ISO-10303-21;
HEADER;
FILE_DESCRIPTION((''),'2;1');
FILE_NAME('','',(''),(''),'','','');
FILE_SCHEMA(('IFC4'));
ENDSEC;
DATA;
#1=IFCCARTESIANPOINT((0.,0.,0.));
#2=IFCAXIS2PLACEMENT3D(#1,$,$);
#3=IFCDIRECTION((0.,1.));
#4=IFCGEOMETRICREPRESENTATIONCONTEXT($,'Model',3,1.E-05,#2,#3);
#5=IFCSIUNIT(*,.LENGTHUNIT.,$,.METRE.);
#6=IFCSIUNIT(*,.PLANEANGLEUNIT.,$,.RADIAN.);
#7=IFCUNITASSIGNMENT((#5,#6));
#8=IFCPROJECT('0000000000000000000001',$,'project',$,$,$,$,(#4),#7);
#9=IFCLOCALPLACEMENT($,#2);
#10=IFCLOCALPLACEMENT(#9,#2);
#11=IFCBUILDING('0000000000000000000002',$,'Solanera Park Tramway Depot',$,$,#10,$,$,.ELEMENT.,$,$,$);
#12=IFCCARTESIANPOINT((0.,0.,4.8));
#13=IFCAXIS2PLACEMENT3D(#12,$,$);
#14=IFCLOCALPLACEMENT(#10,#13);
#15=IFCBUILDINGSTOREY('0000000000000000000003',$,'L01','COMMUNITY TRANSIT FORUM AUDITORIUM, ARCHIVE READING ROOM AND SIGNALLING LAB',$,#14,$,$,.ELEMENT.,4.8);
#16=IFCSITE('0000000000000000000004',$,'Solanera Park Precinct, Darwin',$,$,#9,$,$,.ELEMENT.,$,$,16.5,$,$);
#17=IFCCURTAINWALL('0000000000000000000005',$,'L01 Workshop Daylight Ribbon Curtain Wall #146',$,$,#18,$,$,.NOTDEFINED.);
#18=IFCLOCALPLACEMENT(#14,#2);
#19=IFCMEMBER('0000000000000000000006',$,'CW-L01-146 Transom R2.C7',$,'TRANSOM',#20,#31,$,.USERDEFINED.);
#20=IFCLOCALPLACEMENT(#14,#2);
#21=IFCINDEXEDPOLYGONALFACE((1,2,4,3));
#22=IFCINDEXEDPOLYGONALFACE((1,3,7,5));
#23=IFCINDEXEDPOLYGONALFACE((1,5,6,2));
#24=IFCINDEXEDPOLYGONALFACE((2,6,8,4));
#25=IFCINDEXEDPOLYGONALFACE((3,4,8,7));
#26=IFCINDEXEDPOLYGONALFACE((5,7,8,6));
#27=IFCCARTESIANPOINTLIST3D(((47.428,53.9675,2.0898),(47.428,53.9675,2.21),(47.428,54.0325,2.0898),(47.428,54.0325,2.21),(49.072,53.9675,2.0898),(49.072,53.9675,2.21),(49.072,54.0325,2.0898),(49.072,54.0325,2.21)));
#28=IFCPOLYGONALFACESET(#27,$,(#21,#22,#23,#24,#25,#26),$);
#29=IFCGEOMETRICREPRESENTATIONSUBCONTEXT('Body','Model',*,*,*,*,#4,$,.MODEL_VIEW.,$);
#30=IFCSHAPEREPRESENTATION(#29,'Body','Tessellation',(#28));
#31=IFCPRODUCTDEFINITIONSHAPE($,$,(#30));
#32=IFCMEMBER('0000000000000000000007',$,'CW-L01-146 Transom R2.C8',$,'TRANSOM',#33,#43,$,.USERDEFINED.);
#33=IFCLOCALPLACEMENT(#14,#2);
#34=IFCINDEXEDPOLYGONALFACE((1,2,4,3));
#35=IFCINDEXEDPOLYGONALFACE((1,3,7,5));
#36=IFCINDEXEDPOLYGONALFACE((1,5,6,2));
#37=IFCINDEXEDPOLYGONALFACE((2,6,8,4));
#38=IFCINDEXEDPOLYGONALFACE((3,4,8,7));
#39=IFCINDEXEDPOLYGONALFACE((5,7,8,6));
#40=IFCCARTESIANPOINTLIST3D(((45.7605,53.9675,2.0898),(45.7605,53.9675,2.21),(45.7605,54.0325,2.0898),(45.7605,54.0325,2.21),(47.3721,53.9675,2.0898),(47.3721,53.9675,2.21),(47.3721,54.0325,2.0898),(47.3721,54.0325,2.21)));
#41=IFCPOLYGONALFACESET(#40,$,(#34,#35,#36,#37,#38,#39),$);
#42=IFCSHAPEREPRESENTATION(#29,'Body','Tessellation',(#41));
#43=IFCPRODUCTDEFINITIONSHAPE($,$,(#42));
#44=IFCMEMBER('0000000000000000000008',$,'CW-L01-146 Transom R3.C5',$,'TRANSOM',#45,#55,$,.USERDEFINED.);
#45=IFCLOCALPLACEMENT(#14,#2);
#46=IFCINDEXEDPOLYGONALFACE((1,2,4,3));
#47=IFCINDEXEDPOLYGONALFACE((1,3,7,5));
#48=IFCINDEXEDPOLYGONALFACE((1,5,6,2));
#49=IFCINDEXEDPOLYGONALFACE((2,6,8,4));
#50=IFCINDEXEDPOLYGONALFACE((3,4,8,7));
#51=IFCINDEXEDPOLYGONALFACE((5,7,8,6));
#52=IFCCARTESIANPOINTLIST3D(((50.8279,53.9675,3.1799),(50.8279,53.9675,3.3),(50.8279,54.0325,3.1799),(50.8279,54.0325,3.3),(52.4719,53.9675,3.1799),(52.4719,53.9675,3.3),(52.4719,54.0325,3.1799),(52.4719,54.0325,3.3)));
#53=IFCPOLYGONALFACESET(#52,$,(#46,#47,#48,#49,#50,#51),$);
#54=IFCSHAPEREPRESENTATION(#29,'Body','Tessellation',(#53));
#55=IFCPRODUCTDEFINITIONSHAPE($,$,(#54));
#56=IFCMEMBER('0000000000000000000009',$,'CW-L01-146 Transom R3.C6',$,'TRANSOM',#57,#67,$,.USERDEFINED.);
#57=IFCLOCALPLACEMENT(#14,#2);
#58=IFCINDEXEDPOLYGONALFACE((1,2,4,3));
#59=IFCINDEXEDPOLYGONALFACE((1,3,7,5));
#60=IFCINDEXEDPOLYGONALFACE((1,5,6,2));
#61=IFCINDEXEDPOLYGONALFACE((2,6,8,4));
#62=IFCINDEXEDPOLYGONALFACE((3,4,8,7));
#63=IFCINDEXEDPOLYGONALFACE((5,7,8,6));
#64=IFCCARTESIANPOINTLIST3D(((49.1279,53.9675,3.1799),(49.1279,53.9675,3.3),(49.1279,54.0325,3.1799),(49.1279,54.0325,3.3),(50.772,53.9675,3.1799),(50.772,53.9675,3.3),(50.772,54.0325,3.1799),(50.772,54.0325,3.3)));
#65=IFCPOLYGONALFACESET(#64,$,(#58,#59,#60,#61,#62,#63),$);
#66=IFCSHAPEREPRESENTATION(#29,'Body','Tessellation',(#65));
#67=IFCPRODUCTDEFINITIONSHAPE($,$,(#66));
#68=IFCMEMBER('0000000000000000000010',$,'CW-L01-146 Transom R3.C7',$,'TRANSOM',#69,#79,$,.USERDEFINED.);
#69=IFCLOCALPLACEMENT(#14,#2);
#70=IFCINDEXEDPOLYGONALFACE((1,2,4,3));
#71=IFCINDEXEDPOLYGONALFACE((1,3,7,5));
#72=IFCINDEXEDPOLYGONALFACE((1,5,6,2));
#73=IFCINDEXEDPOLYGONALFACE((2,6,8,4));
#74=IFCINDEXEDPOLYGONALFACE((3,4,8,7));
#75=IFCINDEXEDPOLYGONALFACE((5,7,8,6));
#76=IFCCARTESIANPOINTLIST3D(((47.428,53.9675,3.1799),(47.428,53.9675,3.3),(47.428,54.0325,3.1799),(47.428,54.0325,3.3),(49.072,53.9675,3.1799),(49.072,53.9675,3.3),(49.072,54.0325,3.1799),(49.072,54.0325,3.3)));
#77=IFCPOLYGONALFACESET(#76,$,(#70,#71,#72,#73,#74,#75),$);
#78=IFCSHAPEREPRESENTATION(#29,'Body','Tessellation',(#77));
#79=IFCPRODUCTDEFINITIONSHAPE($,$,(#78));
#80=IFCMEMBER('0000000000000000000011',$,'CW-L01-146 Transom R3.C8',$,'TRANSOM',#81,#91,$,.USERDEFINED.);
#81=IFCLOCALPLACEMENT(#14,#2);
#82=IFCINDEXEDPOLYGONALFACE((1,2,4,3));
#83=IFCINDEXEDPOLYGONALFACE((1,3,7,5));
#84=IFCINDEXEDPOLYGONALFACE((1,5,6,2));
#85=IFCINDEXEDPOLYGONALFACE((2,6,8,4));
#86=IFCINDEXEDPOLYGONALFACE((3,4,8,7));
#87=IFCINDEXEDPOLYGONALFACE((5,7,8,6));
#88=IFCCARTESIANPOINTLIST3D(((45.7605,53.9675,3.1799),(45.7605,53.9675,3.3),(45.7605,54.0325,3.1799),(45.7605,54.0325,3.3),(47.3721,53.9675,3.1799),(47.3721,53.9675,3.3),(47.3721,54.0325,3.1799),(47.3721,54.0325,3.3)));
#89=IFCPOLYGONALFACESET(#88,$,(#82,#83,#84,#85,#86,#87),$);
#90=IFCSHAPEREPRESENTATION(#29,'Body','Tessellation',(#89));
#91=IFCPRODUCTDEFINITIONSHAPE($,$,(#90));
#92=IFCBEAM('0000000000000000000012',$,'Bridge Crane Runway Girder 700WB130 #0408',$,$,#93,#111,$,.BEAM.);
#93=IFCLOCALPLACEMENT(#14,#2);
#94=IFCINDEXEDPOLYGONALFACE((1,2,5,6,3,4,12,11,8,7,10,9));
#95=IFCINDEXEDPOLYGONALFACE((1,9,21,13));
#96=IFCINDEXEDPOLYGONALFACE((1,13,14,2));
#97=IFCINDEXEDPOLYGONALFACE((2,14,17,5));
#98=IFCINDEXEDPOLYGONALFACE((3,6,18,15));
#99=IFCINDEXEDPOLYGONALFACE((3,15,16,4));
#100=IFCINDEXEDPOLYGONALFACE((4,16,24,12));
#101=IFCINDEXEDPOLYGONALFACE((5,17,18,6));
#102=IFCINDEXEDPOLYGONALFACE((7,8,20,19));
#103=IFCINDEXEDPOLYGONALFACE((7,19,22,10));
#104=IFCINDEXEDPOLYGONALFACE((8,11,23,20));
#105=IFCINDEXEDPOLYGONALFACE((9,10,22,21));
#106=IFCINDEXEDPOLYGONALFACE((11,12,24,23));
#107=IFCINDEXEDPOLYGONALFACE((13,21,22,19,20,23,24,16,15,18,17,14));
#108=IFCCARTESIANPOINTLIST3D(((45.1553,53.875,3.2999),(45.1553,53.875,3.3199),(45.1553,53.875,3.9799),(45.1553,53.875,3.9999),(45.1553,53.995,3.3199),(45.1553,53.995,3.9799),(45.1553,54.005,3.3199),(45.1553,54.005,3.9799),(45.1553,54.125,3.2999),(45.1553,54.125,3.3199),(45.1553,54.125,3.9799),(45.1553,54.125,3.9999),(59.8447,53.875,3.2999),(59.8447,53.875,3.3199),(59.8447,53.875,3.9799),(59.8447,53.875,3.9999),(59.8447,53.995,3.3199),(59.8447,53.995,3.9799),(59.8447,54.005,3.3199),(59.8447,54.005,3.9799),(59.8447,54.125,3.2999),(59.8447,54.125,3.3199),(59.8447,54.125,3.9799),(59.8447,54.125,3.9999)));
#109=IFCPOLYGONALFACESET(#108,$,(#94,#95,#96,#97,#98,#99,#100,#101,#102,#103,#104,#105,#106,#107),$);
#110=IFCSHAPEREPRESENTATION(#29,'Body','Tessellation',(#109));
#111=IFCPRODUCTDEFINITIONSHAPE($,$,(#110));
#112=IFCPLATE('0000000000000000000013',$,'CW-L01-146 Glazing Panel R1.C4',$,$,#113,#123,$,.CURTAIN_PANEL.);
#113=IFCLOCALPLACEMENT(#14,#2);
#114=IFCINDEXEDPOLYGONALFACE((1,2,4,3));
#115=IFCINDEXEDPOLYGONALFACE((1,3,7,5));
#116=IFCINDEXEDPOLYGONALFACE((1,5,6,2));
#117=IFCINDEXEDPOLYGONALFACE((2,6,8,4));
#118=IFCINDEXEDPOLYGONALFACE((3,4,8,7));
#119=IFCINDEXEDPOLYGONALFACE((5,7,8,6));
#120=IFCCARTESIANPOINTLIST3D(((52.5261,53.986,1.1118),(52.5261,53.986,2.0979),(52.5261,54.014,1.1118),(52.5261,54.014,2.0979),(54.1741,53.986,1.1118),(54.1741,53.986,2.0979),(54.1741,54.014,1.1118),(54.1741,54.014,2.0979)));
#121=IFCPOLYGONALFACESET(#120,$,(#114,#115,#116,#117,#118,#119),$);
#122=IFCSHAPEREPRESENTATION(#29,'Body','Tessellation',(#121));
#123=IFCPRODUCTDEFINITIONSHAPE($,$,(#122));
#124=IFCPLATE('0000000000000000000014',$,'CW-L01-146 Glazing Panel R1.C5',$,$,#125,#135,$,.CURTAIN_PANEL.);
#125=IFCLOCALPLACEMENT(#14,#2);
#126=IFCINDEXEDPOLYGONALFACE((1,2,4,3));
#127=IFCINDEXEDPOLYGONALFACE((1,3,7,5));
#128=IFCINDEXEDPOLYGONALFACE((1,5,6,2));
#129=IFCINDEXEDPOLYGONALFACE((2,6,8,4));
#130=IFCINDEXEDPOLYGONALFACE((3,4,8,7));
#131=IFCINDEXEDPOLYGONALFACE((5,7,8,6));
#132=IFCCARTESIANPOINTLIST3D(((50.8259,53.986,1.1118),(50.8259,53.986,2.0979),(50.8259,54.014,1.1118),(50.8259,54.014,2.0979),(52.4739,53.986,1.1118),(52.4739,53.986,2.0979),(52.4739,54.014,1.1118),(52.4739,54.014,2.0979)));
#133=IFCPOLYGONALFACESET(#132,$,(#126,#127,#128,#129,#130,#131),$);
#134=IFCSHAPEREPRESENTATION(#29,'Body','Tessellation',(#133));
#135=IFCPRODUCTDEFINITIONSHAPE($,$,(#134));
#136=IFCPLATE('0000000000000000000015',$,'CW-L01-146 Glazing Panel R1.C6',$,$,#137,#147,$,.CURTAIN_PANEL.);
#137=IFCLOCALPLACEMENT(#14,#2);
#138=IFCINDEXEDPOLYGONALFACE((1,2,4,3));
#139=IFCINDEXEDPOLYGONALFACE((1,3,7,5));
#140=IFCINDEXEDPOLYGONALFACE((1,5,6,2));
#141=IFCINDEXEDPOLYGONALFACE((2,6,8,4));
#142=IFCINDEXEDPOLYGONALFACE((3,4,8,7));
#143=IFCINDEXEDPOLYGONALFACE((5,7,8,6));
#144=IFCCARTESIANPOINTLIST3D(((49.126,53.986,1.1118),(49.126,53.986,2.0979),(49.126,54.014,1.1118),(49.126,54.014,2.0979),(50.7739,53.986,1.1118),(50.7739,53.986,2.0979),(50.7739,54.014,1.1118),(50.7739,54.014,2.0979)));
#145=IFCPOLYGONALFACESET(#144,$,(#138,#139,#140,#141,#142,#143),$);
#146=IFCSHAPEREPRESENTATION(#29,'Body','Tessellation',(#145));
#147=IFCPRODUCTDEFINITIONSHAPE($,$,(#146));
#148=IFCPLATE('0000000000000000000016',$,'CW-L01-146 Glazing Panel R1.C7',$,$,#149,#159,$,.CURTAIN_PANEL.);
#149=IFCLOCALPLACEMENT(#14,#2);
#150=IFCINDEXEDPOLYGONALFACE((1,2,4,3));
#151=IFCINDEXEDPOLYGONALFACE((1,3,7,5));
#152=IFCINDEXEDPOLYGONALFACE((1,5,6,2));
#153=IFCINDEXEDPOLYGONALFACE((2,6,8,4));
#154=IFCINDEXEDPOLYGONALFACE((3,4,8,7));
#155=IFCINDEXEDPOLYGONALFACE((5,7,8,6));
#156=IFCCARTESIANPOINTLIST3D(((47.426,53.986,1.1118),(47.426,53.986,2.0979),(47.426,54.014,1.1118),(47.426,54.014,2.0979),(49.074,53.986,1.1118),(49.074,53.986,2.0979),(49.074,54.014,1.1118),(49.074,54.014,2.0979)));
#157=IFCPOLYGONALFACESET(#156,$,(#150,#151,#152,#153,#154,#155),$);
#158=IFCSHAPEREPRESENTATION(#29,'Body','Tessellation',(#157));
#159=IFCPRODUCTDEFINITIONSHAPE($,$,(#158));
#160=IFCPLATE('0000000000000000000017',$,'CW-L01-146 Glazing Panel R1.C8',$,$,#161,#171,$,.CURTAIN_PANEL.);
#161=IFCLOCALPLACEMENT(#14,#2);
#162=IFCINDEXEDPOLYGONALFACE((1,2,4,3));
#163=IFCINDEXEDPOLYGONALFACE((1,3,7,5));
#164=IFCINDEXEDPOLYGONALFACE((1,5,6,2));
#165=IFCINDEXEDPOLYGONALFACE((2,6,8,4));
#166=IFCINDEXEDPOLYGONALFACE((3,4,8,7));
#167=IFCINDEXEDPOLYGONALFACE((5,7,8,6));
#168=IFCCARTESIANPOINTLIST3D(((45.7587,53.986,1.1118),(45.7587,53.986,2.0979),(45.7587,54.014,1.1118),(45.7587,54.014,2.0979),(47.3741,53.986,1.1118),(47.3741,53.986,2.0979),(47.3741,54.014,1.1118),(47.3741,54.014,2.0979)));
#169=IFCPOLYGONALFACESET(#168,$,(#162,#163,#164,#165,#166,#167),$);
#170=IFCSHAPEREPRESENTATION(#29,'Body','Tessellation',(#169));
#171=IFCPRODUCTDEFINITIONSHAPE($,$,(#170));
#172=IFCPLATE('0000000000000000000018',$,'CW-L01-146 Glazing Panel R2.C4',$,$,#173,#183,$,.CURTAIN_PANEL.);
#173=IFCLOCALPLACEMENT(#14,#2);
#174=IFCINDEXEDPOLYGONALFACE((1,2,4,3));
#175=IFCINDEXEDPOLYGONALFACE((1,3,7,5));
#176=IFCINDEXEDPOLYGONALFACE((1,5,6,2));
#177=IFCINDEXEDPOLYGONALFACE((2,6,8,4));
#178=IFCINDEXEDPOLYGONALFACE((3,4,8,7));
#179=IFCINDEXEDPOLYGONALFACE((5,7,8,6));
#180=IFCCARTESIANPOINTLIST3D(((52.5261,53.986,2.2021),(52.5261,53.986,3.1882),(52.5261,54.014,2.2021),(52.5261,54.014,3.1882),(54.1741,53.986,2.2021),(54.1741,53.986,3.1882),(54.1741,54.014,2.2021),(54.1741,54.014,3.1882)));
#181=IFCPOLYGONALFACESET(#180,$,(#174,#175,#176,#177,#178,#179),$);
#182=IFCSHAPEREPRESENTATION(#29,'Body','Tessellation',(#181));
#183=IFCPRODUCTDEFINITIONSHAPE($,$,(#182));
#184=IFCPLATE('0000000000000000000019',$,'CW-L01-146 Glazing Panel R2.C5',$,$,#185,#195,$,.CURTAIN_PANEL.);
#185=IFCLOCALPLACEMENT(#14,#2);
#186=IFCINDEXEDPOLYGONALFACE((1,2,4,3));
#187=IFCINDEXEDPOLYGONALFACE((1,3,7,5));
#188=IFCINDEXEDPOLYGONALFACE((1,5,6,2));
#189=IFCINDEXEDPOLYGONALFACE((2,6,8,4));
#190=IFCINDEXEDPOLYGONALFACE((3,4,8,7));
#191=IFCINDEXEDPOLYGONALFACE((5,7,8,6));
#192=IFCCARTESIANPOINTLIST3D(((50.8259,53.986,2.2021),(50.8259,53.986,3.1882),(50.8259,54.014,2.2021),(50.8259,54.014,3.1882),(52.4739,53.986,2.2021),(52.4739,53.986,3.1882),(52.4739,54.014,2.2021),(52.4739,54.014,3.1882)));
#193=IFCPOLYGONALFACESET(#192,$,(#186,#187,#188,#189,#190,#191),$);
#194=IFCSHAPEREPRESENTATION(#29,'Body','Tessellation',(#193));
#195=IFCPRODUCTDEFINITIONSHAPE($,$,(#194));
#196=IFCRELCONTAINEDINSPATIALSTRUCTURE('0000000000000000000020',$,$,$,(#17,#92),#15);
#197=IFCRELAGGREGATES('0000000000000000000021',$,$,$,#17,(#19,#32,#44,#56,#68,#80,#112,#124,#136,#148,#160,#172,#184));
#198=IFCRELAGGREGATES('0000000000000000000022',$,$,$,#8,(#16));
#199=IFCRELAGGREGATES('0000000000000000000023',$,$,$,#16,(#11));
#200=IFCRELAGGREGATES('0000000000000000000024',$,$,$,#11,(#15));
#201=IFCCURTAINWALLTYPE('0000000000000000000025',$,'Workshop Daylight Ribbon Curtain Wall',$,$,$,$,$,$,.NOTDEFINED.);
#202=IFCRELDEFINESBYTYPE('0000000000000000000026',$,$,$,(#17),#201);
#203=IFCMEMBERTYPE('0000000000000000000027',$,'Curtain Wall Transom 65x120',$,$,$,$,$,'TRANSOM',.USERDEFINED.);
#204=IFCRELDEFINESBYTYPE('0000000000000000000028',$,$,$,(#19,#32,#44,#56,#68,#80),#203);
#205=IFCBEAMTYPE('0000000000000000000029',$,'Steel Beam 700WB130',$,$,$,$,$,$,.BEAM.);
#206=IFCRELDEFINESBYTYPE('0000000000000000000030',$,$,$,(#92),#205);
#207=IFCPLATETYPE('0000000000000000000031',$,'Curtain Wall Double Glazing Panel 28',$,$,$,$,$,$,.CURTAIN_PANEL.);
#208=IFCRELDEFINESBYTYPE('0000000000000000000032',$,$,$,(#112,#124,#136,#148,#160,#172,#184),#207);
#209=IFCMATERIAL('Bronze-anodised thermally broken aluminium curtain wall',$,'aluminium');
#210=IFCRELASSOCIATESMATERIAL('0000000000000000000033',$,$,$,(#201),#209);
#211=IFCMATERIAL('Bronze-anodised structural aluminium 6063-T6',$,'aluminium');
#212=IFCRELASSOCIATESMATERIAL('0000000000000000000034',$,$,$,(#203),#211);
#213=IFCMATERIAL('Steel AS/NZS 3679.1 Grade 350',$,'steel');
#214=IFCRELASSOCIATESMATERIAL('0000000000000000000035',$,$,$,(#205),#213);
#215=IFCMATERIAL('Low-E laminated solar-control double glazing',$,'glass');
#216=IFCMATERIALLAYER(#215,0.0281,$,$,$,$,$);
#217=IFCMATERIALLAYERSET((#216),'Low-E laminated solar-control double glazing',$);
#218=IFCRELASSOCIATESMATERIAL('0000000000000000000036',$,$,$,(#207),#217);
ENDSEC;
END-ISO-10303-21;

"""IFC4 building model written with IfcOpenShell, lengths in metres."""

from ifc_helpers import new_model, si_unit, direction, frame, origin, origin_2d, place, context, subcontext, project, spatial, rectangle, i_section, extrude, material, layer, layer_set, material_profile, profile_set, type_object, element, aggregate, save


model = new_model("IFC4")

# Units and contexts
model_context = context("Model", 3, precision=1e-05, world=origin(), true_north=direction((0.0, 1.0)))
body_context = subcontext(model_context, "Body", "Model", "MODEL_VIEW")
ifc_project = project(units=[si_unit("LENGTHUNIT", "METRE"), si_unit("PLANEANGLEUNIT", "RADIAN")], contexts=[model_context])

# Site, building, storey
site_placement = place(None, origin())
site = spatial("IfcSite", under=ifc_project, at=site_placement, Name="Solanera Park Precinct, Darwin", CompositionType="ELEMENT", RefElevation=16.5)
building_placement = place(site_placement, origin())
building = spatial("IfcBuilding", under=site, at=building_placement, Name="Solanera Park Tramway Depot", CompositionType="ELEMENT")
storey_placement = place(building_placement, frame((0.0, 0.0, 4.8)))
storey = spatial("IfcBuildingStorey", under=building, at=storey_placement, Name="L01", Description="COMMUNITY TRANSIT FORUM AUDITORIUM, ARCHIVE READING ROOM AND SIGNALLING LAB", CompositionType="ELEMENT", Elevation=4.8)

# Shared definitions
ifc_material_1 = material(Name="Bronze-anodised thermally broken aluminium curtain wall", Category="aluminium")
curtain_wall_type = type_object("IfcCurtainWallType", Name="Workshop Daylight Ribbon Curtain Wall", PredefinedType="NOTDEFINED", material=ifc_material_1)

# Curtain wall
curtain_wall_1_placement = place(storey_placement, origin())
curtain_wall_1 = element("IfcCurtainWall", 1, at=curtain_wall_1_placement, inside=storey, type_object=curtain_wall_type, Name="L01 Workshop Daylight Ribbon Curtain Wall #146", PredefinedType="NOTDEFINED")

# Members
ifc_material_2 = material(Name="Bronze-anodised structural aluminium 6063-T6", Category="aluminium")
ifc_material_profile_1 = material_profile(ifc_material_2, rectangle(XDim=0.0649, YDim=0.1201, at=origin_2d()), Name="Curtain Wall Transom 65x120")
ifc_profile_set_1 = profile_set([ifc_material_profile_1], Name="Bronze-anodised structural aluminium 6063-T6")
member_type_1 = type_object("IfcMemberType", Name="Curtain Wall Transom 65x120", ElementType="TRANSOM", PredefinedType="USERDEFINED", material=ifc_profile_set_1)
member_1_placement = place(storey_placement, frame((49.072, 54.0, 2.1499), z_axis=(-1.0, 0.0, 0.0), x_axis=(0.0, -1.0, 0.0)))
member_1 = element("IfcMember", 2, at=member_1_placement, type_object=member_type_1, Name="CW-L01-146 Transom R2.C7", ObjectType="TRANSOM", PredefinedType="USERDEFINED", context=body_context, shape_type="SweptSolid", body=[
    extrude(rectangle(XDim=0.0649, YDim=0.1201, at=origin_2d()), origin(), (0.0, 0.0, 1.0), 1.644),
])
member_2_placement = place(storey_placement, frame((47.3721, 54.0, 2.1499), z_axis=(-1.0, 0.0, 0.0), x_axis=(0.0, -1.0, 0.0)))
member_2 = element("IfcMember", 3, at=member_2_placement, type_object=member_type_1, Name="CW-L01-146 Transom R2.C8", ObjectType="TRANSOM", PredefinedType="USERDEFINED", context=body_context, shape_type="SweptSolid", body=[
    extrude(rectangle(XDim=0.0649, YDim=0.1201, at=origin_2d()), origin(), (0.0, 0.0, 1.0), 1.6116),
])
member_3_placement = place(storey_placement, frame((52.4719, 54.0, 3.24), z_axis=(-1.0, 0.0, 0.0), x_axis=(0.0, -1.0, 0.0)))
member_3 = element("IfcMember", 4, at=member_3_placement, type_object=member_type_1, Name="CW-L01-146 Transom R3.C5", ObjectType="TRANSOM", PredefinedType="USERDEFINED", context=body_context, shape_type="SweptSolid", body=[
    extrude(rectangle(XDim=0.0649, YDim=0.1201, at=origin_2d()), origin(), (0.0, 0.0, 1.0), 1.644),
])
member_4_placement = place(storey_placement, frame((50.772, 54.0, 3.24), z_axis=(-1.0, 0.0, 0.0), x_axis=(0.0, -1.0, 0.0)))
member_4 = element("IfcMember", 5, at=member_4_placement, type_object=member_type_1, Name="CW-L01-146 Transom R3.C6", ObjectType="TRANSOM", PredefinedType="USERDEFINED", context=body_context, shape_type="SweptSolid", body=[
    extrude(rectangle(XDim=0.0649, YDim=0.1201, at=origin_2d()), origin(), (0.0, 0.0, 1.0), 1.644),
])
member_5_placement = place(storey_placement, frame((49.072, 54.0, 3.24), z_axis=(-1.0, 0.0, 0.0), x_axis=(0.0, -1.0, 0.0)))
member_5 = element("IfcMember", 6, at=member_5_placement, type_object=member_type_1, Name="CW-L01-146 Transom R3.C7", ObjectType="TRANSOM", PredefinedType="USERDEFINED", context=body_context, shape_type="SweptSolid", body=[
    extrude(rectangle(XDim=0.0649, YDim=0.1201, at=origin_2d()), origin(), (0.0, 0.0, 1.0), 1.644),
])
member_6_placement = place(storey_placement, frame((47.3721, 54.0, 3.24), z_axis=(-1.0, 0.0, 0.0), x_axis=(0.0, -1.0, 0.0)))
member_6 = element("IfcMember", 7, at=member_6_placement, type_object=member_type_1, Name="CW-L01-146 Transom R3.C8", ObjectType="TRANSOM", PredefinedType="USERDEFINED", context=body_context, shape_type="SweptSolid", body=[
    extrude(rectangle(XDim=0.0649, YDim=0.1201, at=origin_2d()), origin(), (0.0, 0.0, 1.0), 1.6116),
])

# Beam
ifc_material_3 = material(Name="Steel AS/NZS 3679.1 Grade 350", Category="steel")
ifc_material_profile_2 = material_profile(ifc_material_3, i_section(OverallWidth=0.25, OverallDepth=0.7, WebThickness=0.01, FlangeThickness=0.02, at=origin_2d()), Name="700WB130")
ifc_profile_set_2 = profile_set([ifc_material_profile_2], Name="Steel AS/NZS 3679.1 Grade 350")
beam_type = type_object("IfcBeamType", Name="Steel Beam 700WB130", PredefinedType="BEAM", material=ifc_profile_set_2)
beam_placement = place(storey_placement, frame((45.1553, 54.0, 3.6499), z_axis=(1.0, 0.0, 0.0), x_axis=(0.0, 1.0, 0.0)))
element("IfcBeam", 8, at=beam_placement, inside=storey, type_object=beam_type, Name="Bridge Crane Runway Girder 700WB130 #0408", PredefinedType="BEAM", context=body_context, shape_type="SweptSolid", body=[
    extrude(i_section(OverallWidth=0.25, OverallDepth=0.7, WebThickness=0.01, FlangeThickness=0.02, at=origin_2d()), origin(), (0.0, 0.0, 1.0), 14.6895),
])

# Plates
ifc_material_4 = material(Name="Low-E laminated solar-control double glazing", Category="glass")
ifc_layer = layer(ifc_material_4, 0.0281)
ifc_layer_set = layer_set([ifc_layer], Name="Low-E laminated solar-control double glazing")
plate_type = type_object("IfcPlateType", Name="Curtain Wall Double Glazing Panel 28", PredefinedType="CURTAIN_PANEL", material=ifc_layer_set)
plate_1_placement = place(storey_placement, frame((53.3501, 54.0, 1.1118), z_axis=(0.0, 0.0, 1.0), x_axis=(-1.0, 0.0, 0.0)))
plate_1 = element("IfcPlate", 9, at=plate_1_placement, type_object=plate_type, Name="CW-L01-146 Glazing Panel R1.C4", PredefinedType="CURTAIN_PANEL", context=body_context, shape_type="SweptSolid", body=[
    extrude(rectangle(XDim=1.6479, YDim=0.0281, at=origin_2d()), origin(), (0.0, 0.0, 1.0), 0.9861),
])
plate_2_placement = place(storey_placement, frame((51.6499, 54.0, 1.1118), z_axis=(0.0, 0.0, 1.0), x_axis=(-1.0, 0.0, 0.0)))
plate_2 = element("IfcPlate", 10, at=plate_2_placement, type_object=plate_type, Name="CW-L01-146 Glazing Panel R1.C5", PredefinedType="CURTAIN_PANEL", context=body_context, shape_type="SweptSolid", body=[
    extrude(rectangle(XDim=1.6479, YDim=0.0281, at=origin_2d()), origin(), (0.0, 0.0, 1.0), 0.9861),
])
plate_3_placement = place(storey_placement, frame((49.95, 54.0, 1.1118), z_axis=(0.0, 0.0, 1.0), x_axis=(-1.0, 0.0, 0.0)))
plate_3 = element("IfcPlate", 11, at=plate_3_placement, type_object=plate_type, Name="CW-L01-146 Glazing Panel R1.C6", PredefinedType="CURTAIN_PANEL", context=body_context, shape_type="SweptSolid", body=[
    extrude(rectangle(XDim=1.6479, YDim=0.0281, at=origin_2d()), origin(), (0.0, 0.0, 1.0), 0.9861),
])
plate_4_placement = place(storey_placement, frame((48.25, 54.0, 1.1118), z_axis=(0.0, 0.0, 1.0), x_axis=(-1.0, 0.0, 0.0)))
plate_4 = element("IfcPlate", 12, at=plate_4_placement, type_object=plate_type, Name="CW-L01-146 Glazing Panel R1.C7", PredefinedType="CURTAIN_PANEL", context=body_context, shape_type="SweptSolid", body=[
    extrude(rectangle(XDim=1.6479, YDim=0.0281, at=origin_2d()), origin(), (0.0, 0.0, 1.0), 0.9861),
])
plate_5_placement = place(storey_placement, frame((46.5664, 54.0, 1.1118), z_axis=(0.0, 0.0, 1.0), x_axis=(-1.0, 0.0, 0.0)))
plate_5 = element("IfcPlate", 13, at=plate_5_placement, type_object=plate_type, Name="CW-L01-146 Glazing Panel R1.C8", PredefinedType="CURTAIN_PANEL", context=body_context, shape_type="SweptSolid", body=[
    extrude(rectangle(XDim=1.6155, YDim=0.0281, at=origin_2d()), origin(), (0.0, 0.0, 1.0), 0.9861),
])
plate_6_placement = place(storey_placement, frame((53.3501, 54.0, 2.2021), z_axis=(0.0, 0.0, 1.0), x_axis=(-1.0, 0.0, 0.0)))
plate_6 = element("IfcPlate", 14, at=plate_6_placement, type_object=plate_type, Name="CW-L01-146 Glazing Panel R2.C4", PredefinedType="CURTAIN_PANEL", context=body_context, shape_type="SweptSolid", body=[
    extrude(rectangle(XDim=1.6479, YDim=0.0281, at=origin_2d()), origin(), (0.0, 0.0, 1.0), 0.9861),
])
plate_7_placement = place(storey_placement, frame((51.6499, 54.0, 2.2021), z_axis=(0.0, 0.0, 1.0), x_axis=(-1.0, 0.0, 0.0)))
plate_7 = element("IfcPlate", 15, at=plate_7_placement, type_object=plate_type, Name="CW-L01-146 Glazing Panel R2.C5", PredefinedType="CURTAIN_PANEL", context=body_context, shape_type="SweptSolid", body=[
    extrude(rectangle(XDim=1.6479, YDim=0.0281, at=origin_2d()), origin(), (0.0, 0.0, 1.0), 0.9861),
])
aggregate(curtain_wall_1, [member_1, member_2, member_3, member_4, member_5, member_6, plate_1, plate_2, plate_3, plate_4, plate_5, plate_6, plate_7])

save(model, "model.ifc")
